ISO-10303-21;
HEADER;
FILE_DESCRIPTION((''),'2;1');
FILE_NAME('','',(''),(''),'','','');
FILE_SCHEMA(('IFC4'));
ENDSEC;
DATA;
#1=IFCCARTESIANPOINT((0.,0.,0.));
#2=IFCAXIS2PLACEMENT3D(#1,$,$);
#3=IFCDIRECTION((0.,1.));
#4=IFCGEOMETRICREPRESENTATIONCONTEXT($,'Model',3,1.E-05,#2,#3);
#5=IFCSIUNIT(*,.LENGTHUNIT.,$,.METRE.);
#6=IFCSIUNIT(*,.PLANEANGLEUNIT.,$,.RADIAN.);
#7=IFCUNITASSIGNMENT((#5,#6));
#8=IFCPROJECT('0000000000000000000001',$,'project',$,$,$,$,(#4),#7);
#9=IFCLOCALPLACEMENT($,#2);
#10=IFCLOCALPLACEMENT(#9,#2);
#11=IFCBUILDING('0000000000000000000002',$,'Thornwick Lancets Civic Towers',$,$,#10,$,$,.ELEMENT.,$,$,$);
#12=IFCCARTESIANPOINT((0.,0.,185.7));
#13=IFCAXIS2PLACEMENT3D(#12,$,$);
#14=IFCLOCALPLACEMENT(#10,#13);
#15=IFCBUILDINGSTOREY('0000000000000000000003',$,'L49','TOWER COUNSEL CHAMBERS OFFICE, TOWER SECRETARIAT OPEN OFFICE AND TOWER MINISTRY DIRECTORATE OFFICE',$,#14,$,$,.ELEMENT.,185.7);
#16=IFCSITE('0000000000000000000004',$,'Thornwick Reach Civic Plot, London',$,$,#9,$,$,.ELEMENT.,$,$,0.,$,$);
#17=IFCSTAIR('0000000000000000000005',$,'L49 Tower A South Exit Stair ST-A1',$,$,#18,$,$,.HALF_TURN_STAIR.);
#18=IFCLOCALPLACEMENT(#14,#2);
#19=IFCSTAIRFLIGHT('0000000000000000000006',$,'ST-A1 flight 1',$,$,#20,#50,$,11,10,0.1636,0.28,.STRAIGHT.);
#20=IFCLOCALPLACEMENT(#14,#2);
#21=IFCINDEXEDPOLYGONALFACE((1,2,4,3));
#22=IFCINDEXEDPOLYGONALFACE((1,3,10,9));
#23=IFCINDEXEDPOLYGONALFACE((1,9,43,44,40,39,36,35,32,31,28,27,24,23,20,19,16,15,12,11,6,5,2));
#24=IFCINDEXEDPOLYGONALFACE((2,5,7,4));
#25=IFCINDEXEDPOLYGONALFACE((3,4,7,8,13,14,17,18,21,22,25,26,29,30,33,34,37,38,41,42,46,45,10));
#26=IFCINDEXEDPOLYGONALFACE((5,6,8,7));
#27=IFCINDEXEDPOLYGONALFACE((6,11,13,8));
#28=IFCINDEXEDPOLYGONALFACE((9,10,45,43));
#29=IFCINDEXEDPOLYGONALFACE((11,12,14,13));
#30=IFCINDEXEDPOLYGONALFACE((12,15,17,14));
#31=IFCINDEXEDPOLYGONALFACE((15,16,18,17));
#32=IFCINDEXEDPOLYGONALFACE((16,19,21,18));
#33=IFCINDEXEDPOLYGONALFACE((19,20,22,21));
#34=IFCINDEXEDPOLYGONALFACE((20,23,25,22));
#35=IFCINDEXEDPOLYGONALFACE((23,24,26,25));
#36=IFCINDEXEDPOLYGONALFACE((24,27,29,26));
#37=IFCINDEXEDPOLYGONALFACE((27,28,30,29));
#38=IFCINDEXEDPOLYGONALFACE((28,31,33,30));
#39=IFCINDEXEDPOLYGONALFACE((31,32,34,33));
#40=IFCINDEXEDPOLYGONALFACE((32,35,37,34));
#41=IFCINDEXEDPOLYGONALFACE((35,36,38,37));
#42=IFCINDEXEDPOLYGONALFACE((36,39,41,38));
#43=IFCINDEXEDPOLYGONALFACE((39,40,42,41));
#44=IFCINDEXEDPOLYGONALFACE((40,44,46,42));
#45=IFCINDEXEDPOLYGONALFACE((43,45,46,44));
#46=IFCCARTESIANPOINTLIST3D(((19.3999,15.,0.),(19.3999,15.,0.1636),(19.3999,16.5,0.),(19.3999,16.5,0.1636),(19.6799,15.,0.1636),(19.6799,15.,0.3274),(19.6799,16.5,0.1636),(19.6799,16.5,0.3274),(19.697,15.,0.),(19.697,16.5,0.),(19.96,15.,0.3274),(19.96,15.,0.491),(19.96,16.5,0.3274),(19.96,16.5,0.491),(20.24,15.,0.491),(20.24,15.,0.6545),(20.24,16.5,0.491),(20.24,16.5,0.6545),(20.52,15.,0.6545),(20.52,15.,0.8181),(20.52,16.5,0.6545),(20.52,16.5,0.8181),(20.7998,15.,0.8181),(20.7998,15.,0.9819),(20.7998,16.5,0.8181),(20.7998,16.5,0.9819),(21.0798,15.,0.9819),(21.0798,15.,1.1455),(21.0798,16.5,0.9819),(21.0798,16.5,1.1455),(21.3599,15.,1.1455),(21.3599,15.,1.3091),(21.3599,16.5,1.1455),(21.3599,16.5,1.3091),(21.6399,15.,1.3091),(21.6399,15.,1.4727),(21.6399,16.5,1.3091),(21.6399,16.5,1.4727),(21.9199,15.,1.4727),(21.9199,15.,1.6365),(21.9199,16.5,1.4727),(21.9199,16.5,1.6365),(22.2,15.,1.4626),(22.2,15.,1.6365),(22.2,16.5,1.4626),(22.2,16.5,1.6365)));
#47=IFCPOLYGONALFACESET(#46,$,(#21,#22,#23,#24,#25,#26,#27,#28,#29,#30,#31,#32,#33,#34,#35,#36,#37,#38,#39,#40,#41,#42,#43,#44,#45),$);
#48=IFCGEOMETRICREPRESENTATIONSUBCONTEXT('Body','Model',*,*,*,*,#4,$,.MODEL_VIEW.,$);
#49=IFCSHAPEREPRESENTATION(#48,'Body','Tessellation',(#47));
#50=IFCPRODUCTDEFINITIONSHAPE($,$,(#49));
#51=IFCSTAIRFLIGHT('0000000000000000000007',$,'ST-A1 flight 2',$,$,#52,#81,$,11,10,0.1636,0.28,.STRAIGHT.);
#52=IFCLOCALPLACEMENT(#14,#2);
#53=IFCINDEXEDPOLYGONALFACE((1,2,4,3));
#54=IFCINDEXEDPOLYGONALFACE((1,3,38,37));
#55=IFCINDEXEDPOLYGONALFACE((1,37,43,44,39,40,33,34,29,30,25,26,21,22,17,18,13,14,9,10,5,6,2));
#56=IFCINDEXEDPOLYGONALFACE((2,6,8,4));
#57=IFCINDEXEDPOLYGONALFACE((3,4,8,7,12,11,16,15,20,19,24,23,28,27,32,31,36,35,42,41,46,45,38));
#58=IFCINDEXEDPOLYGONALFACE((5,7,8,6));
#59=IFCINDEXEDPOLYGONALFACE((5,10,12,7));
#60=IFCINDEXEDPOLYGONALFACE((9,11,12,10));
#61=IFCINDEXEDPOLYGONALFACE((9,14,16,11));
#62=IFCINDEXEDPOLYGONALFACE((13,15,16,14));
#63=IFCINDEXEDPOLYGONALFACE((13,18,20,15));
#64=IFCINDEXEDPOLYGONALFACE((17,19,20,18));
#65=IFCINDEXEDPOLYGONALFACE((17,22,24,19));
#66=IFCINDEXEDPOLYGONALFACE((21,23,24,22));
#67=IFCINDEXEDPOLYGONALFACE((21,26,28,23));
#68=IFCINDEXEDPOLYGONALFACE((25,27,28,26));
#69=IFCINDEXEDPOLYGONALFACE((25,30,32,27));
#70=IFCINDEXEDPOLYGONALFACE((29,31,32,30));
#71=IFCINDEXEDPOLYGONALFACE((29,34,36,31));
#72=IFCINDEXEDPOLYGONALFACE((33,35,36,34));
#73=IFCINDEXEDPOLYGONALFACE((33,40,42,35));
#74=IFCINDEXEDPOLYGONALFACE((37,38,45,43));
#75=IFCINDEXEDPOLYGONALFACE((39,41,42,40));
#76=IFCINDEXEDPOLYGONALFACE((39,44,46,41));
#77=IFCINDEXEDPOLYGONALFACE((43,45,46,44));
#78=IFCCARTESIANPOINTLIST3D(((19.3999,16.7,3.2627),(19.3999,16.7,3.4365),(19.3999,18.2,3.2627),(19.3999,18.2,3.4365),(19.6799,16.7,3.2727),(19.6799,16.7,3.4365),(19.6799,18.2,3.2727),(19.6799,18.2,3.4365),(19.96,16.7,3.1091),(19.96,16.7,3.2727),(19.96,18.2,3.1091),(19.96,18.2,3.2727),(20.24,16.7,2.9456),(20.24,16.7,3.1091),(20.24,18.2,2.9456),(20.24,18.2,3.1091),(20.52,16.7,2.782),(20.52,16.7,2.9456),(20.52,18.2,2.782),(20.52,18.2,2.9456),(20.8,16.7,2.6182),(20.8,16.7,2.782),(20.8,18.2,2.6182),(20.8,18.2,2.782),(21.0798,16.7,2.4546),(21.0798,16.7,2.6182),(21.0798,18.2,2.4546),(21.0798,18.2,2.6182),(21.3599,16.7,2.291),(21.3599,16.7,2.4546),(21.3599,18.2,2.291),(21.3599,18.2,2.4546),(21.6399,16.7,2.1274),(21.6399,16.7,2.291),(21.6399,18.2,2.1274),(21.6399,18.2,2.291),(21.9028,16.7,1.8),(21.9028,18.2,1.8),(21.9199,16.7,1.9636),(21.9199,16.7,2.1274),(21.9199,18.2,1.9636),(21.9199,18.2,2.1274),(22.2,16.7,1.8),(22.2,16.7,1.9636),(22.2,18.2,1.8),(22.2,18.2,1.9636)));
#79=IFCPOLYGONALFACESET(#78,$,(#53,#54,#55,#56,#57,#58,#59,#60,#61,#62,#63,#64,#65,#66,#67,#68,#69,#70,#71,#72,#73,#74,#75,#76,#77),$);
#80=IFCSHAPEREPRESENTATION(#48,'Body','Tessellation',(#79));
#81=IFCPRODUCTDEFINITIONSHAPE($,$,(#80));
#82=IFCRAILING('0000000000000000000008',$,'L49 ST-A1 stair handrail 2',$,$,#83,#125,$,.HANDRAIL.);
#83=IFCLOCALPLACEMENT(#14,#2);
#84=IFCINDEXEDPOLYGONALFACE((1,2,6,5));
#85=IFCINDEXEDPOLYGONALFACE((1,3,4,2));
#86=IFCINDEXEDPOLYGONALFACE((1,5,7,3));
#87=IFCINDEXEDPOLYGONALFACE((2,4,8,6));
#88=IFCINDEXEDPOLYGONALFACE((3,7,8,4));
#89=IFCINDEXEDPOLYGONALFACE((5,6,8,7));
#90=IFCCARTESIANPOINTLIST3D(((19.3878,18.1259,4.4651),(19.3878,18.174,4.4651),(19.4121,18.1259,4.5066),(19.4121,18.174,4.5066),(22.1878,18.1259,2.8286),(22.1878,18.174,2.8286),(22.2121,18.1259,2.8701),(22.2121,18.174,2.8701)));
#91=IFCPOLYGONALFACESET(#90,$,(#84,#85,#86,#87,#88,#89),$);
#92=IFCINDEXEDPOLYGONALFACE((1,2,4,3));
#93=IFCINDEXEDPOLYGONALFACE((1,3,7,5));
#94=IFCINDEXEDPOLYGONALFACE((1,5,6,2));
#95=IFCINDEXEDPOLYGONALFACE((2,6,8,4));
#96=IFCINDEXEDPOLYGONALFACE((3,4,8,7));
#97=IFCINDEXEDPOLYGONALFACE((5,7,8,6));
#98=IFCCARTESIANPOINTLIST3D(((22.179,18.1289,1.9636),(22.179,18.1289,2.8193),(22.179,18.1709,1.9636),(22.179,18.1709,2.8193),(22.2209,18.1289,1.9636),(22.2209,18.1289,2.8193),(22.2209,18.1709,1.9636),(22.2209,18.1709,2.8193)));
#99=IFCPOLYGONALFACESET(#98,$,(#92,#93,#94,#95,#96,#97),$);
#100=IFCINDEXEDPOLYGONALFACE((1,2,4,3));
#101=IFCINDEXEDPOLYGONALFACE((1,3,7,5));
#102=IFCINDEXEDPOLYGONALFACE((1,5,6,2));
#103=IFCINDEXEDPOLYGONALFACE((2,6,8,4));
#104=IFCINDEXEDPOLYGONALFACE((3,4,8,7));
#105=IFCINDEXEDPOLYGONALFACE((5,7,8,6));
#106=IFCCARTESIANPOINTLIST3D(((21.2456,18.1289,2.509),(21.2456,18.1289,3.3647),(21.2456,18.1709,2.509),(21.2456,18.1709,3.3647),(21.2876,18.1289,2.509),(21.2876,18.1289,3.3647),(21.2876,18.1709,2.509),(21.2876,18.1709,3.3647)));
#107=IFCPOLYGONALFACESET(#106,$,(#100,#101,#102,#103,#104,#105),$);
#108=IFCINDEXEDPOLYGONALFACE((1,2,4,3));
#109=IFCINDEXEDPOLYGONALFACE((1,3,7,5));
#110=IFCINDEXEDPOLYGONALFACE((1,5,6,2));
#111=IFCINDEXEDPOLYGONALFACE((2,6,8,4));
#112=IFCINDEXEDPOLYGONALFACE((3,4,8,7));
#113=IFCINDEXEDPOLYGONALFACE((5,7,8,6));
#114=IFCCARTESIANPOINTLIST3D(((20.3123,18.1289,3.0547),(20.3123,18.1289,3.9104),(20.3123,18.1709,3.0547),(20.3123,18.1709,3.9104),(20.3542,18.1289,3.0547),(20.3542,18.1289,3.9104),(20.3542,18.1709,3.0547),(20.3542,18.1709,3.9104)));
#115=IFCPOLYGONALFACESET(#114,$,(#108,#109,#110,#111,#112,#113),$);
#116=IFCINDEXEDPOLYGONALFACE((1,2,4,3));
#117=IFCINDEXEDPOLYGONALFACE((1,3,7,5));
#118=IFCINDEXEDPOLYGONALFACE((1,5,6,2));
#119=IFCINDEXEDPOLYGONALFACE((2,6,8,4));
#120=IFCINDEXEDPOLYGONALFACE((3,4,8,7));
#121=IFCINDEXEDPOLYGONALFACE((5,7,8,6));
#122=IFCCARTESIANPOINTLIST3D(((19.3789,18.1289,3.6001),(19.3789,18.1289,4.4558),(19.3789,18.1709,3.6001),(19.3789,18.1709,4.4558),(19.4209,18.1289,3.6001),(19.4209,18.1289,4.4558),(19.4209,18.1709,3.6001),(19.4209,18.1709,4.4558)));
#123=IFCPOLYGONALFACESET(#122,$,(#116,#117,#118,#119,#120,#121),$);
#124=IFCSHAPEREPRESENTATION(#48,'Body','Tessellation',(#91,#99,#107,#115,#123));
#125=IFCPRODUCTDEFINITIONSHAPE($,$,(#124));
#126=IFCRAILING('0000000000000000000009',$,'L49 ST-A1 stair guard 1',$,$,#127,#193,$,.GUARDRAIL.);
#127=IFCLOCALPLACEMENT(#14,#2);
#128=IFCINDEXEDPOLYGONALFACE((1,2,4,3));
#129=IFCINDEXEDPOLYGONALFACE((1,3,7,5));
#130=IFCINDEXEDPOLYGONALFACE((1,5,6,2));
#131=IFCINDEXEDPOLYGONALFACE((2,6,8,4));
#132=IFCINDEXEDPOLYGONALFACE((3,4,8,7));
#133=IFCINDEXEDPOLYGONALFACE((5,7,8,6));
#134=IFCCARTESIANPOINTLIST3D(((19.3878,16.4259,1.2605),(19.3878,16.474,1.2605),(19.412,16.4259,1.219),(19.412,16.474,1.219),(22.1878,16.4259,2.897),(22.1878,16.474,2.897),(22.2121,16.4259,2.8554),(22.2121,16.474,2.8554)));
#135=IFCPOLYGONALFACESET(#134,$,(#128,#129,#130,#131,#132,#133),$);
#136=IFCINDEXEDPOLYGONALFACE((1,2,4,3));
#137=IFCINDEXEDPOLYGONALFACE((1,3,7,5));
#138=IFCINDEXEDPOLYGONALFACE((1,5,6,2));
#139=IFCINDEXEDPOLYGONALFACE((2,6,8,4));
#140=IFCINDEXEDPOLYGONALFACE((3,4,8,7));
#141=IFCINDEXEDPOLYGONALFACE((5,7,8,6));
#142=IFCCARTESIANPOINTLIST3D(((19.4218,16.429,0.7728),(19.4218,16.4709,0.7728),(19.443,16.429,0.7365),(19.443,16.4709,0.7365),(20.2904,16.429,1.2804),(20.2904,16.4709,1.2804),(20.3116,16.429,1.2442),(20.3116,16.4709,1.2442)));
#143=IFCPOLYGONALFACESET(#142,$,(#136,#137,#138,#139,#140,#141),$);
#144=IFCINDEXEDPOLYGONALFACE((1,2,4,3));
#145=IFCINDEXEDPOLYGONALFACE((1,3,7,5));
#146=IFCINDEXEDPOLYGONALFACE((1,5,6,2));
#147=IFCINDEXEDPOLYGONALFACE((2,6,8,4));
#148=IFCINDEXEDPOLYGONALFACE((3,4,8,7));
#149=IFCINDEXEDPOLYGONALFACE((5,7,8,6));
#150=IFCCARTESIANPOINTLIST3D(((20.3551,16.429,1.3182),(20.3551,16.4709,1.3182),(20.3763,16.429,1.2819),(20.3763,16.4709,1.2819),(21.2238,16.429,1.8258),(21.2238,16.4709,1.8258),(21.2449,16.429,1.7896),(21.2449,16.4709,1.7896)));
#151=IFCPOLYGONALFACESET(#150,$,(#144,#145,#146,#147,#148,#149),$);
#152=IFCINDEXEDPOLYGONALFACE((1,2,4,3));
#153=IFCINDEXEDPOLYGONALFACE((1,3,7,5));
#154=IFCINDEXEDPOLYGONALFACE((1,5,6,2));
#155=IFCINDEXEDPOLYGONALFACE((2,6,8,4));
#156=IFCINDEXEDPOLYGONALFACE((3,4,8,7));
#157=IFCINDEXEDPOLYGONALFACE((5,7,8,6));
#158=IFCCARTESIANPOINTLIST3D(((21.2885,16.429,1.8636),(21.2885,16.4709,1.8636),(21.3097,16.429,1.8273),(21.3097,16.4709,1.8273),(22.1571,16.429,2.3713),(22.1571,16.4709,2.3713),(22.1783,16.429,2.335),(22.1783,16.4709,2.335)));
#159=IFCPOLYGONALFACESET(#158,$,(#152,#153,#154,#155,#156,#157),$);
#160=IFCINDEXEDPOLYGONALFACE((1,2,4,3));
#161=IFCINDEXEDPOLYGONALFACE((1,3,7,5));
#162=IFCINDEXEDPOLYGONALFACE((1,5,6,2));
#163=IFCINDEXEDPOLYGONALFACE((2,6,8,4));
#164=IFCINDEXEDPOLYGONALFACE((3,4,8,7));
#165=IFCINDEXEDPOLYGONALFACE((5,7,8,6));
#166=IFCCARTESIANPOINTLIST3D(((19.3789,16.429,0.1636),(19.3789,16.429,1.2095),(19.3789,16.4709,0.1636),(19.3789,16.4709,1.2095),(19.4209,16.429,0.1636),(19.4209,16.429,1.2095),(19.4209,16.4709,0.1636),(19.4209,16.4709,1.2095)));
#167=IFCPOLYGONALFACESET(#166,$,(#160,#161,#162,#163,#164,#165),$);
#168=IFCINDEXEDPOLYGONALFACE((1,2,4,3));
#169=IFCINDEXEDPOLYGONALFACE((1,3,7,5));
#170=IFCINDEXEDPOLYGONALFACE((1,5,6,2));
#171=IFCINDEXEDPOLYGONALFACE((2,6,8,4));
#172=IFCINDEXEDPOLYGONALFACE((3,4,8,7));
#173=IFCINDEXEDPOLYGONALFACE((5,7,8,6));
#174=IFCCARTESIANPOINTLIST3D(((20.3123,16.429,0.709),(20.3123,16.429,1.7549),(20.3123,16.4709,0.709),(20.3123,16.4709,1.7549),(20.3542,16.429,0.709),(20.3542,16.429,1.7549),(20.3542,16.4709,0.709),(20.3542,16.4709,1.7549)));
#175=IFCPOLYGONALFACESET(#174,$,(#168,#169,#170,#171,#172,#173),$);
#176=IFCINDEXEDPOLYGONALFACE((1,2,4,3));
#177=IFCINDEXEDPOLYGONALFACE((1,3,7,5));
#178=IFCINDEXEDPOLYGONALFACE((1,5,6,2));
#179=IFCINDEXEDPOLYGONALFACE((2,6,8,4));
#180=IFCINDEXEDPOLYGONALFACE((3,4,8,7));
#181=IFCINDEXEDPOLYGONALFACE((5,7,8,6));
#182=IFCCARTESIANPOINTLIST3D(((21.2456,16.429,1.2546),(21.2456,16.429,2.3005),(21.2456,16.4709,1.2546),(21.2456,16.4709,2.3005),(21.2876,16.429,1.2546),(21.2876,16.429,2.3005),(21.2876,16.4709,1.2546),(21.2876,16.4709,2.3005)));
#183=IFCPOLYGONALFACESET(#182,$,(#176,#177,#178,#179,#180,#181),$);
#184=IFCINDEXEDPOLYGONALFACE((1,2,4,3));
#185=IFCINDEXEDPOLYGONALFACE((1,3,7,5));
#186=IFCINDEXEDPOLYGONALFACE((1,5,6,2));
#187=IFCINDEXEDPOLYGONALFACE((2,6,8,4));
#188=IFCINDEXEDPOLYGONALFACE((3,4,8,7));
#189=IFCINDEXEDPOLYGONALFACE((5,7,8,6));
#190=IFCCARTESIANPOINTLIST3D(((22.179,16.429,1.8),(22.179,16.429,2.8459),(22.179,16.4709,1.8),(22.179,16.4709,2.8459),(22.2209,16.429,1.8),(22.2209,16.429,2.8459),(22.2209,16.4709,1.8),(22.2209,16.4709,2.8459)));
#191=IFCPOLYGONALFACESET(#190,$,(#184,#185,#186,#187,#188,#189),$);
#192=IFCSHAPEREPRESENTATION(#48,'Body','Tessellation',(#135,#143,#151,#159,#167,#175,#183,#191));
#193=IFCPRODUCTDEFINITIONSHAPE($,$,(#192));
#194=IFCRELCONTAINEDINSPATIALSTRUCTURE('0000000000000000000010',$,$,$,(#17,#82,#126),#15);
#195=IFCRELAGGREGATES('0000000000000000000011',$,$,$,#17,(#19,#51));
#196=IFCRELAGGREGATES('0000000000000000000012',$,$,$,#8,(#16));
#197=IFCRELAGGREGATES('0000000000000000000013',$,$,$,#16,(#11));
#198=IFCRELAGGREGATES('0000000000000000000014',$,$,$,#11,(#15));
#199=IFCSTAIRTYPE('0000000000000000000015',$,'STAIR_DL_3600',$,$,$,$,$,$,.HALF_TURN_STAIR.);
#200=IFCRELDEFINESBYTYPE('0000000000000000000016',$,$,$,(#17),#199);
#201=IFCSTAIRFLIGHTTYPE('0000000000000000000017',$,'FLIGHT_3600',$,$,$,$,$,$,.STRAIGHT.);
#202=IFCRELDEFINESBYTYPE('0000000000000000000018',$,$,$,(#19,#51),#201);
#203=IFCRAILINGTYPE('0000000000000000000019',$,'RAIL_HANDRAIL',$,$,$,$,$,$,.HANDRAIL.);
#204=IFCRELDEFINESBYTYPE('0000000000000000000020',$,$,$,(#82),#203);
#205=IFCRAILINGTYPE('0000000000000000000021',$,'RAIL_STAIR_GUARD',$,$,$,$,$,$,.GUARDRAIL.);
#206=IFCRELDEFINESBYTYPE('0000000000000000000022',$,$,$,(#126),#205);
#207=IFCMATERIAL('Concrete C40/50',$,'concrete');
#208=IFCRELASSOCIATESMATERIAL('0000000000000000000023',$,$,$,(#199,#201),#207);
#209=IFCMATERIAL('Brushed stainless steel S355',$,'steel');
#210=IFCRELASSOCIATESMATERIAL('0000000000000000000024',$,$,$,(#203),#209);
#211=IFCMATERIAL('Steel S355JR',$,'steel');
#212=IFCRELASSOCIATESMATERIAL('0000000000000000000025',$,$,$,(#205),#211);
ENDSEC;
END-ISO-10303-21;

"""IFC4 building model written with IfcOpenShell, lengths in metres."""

from ifc_helpers import new_model, si_unit, direction, frame, origin, origin_2d, place, context, subcontext, project, spatial, polyline, rectangle, outline, extrude, material, type_object, element, aggregate, save


model = new_model("IFC4")

# Units and contexts
model_context = context("Model", 3, precision=1e-05, world=origin(), true_north=direction((0.0, 1.0)))
body_context = subcontext(model_context, "Body", "Model", "MODEL_VIEW")
ifc_project = project(units=[si_unit("LENGTHUNIT", "METRE"), si_unit("PLANEANGLEUNIT", "RADIAN")], contexts=[model_context])

# Site, building, storey
site_placement = place(None, origin())
site = spatial("IfcSite", under=ifc_project, at=site_placement, Name="Thornwick Reach Civic Plot, London", CompositionType="ELEMENT", RefElevation=0.0)
building_placement = place(site_placement, origin())
building = spatial("IfcBuilding", under=site, at=building_placement, Name="Thornwick Lancets Civic Towers", CompositionType="ELEMENT")
storey_placement = place(building_placement, frame((0.0, 0.0, 185.7)))
storey = spatial("IfcBuildingStorey", under=building, at=storey_placement, Name="L49", Description="TOWER COUNSEL CHAMBERS OFFICE, TOWER SECRETARIAT OPEN OFFICE AND TOWER MINISTRY DIRECTORATE OFFICE", CompositionType="ELEMENT", Elevation=185.7)

# Shared definitions
ifc_material_1 = material(Name="Steel S355JR", Category="steel")

# Stair, stair flights
ifc_material_2 = material(Name="Concrete C40/50", Category="concrete")
stair_type = type_object("IfcStairType", Name="STAIR_DL_3600", PredefinedType="HALF_TURN_STAIR", material=ifc_material_2)
stair_placement = place(storey_placement, origin())
stair = element("IfcStair", 1, at=stair_placement, inside=storey, type_object=stair_type, Name="L49 Tower A South Exit Stair ST-A1", PredefinedType="HALF_TURN_STAIR")
stair_flight_type = type_object("IfcStairFlightType", Name="FLIGHT_3600", PredefinedType="STRAIGHT", material=ifc_material_2)
stair_flight_1_placement = place(storey_placement, frame((19.3999, 15.75, 0.0), z_axis=(0.0, 0.0, 1.0), x_axis=(1.0, 0.0, 0.0)))
stair_flight_1 = element("IfcStairFlight", 2, at=stair_flight_1_placement, type_object=stair_flight_type, Name="ST-A1 flight 1", NumberOfRisers=11, NumberOfTreads=10, PredefinedType="STRAIGHT", RiserHeight=0.1636, TreadLength=0.28, context=body_context, shape_type="SweptSolid", body=[
    extrude(outline(polyline([(0.0, 0.0), (0.0, 0.1636), (0.28, 0.1636), (0.28, 0.3274), (0.5601, 0.3274), (0.5601, 0.491), (0.8401, 0.491), (0.8401, 0.6545), (1.1201, 0.6545), (1.1201, 0.8181), (1.3999, 0.8181), (1.3999, 0.9819), (1.6799, 0.9819), (1.6799, 1.1455), (1.96, 1.1455), (1.96, 1.3091), (2.24, 1.3091), (2.24, 1.4727), (2.52, 1.4727), (2.52, 1.6365), (2.8, 1.6365), (2.8, 1.8), (2.8, 1.4626), (0.2971, 0.0), (0.0, 0.0)])), frame((0.0, 0.75, 0.0), z_axis=(0.0, -1.0, 0.0), x_axis=(1.0, 0.0, 0.0)), (0.0, 0.0, 1.0), 1.5),
])
stair_flight_2_placement = place(storey_placement, frame((22.2, 17.45, 1.8), z_axis=(0.0, 0.0, 1.0), x_axis=(-1.0, 0.0, 0.0)))
stair_flight_2 = element("IfcStairFlight", 3, at=stair_flight_2_placement, type_object=stair_flight_type, Name="ST-A1 flight 2", NumberOfRisers=11, NumberOfTreads=10, PredefinedType="STRAIGHT", RiserHeight=0.1636, TreadLength=0.28, context=body_context, shape_type="SweptSolid", body=[
    extrude(outline(polyline([(0.0, 0.0), (0.0, 0.1636), (0.28, 0.1636), (0.28, 0.3274), (0.5601, 0.3274), (0.5601, 0.491), (0.8401, 0.491), (0.8401, 0.6545), (1.1201, 0.6545), (1.1201, 0.8181), (1.3999, 0.8181), (1.3999, 0.9819), (1.6799, 0.9819), (1.6799, 1.1455), (1.96, 1.1455), (1.96, 1.3091), (2.24, 1.3091), (2.24, 1.4727), (2.52, 1.4727), (2.52, 1.6365), (2.8, 1.6365), (2.8, 1.8), (2.8, 1.4626), (0.2971, 0.0), (0.0, 0.0)])), frame((0.0, 0.75, 0.0), z_axis=(0.0, -1.0, 0.0), x_axis=(1.0, 0.0, 0.0)), (0.0, 0.0, 1.0), 1.5),
])
aggregate(stair, [stair_flight_1, stair_flight_2])

# Railings
ifc_material_3 = material(Name="Brushed stainless steel S355", Category="steel")
railing_type_1 = type_object("IfcRailingType", Name="RAIL_HANDRAIL", PredefinedType="HANDRAIL", material=ifc_material_3)
railing_1_placement = place(storey_placement, frame((22.2, 18.1499, 1.9636)))
element("IfcRailing", 4, at=railing_1_placement, inside=storey, type_object=railing_type_1, Name="L49 ST-A1 stair handrail 2", PredefinedType="HANDRAIL", context=body_context, shape_type="SweptSolid", body=[
    extrude(rectangle(XDim=0.0481, YDim=0.0481, at=origin_2d()), frame((0.0, 0.0, 0.8857), z_axis=(-0.863361, 0.0, 0.504587), x_axis=(0.0, -1.0, 0.0)), (0.0, 0.0, 1.0), 3.2432),
    extrude(rectangle(XDim=0.042, YDim=0.042, at=origin_2d()), origin(), (0.0, 0.0, 1.0), 0.8557),
    extrude(rectangle(XDim=0.042, YDim=0.042, at=origin_2d()), frame((-0.9333, 0.0, 0.5454)), (0.0, 0.0, 1.0), 0.8557),
    extrude(rectangle(XDim=0.042, YDim=0.042, at=origin_2d()), frame((-1.8667, 0.0, 1.0911)), (0.0, 0.0, 1.0), 0.8557),
    extrude(rectangle(XDim=0.042, YDim=0.042, at=origin_2d()), frame((-2.8, 0.0, 1.6365)), (0.0, 0.0, 1.0), 0.8557),
])
railing_type_2 = type_object("IfcRailingType", Name="RAIL_STAIR_GUARD", PredefinedType="GUARDRAIL", material=ifc_material_1)
railing_2_placement = place(storey_placement, frame((19.3999, 16.45, 0.1636)))
element("IfcRailing", 5, at=railing_2_placement, inside=storey, type_object=railing_type_2, Name="L49 ST-A1 stair guard 1", PredefinedType="GUARDRAIL", context=body_context, shape_type="SweptSolid", body=[
    extrude(rectangle(XDim=0.0481, YDim=0.0481, at=origin_2d()), frame((0.0, 0.0, 1.0762), z_axis=(0.863361, 0.0, 0.504587), x_axis=(0.0, 1.0, 0.0)), (0.0, 0.0, 1.0), 3.2432),
    extrude(rectangle(XDim=0.042, YDim=0.042, at=origin_2d()), frame((0.0325, 0.0, 0.5911), z_axis=(0.863361, 0.0, 0.504587), x_axis=(0.0, 1.0, 0.0)), (0.0, 0.0, 1.0), 1.0061),
    extrude(rectangle(XDim=0.042, YDim=0.042, at=origin_2d()), frame((0.9658, 0.0, 1.1365), z_axis=(0.863361, 0.0, 0.504587), x_axis=(0.0, 1.0, 0.0)), (0.0, 0.0, 1.0), 1.0061),
    extrude(rectangle(XDim=0.042, YDim=0.042, at=origin_2d()), frame((1.8992, 0.0, 1.6819), z_axis=(0.863361, 0.0, 0.504587), x_axis=(0.0, 1.0, 0.0)), (0.0, 0.0, 1.0), 1.0061),
    extrude(rectangle(XDim=0.042, YDim=0.042, at=origin_2d()), origin(), (0.0, 0.0, 1.0), 1.0459),
    extrude(rectangle(XDim=0.042, YDim=0.042, at=origin_2d()), frame((0.9333, 0.0, 0.5454)), (0.0, 0.0, 1.0), 1.0459),
    extrude(rectangle(XDim=0.042, YDim=0.042, at=origin_2d()), frame((1.8667, 0.0, 1.0911)), (0.0, 0.0, 1.0), 1.0459),
    extrude(rectangle(XDim=0.042, YDim=0.042, at=origin_2d()), frame((2.8, 0.0, 1.6365)), (0.0, 0.0, 1.0), 1.0459),
])

save(model, "model.ifc")
